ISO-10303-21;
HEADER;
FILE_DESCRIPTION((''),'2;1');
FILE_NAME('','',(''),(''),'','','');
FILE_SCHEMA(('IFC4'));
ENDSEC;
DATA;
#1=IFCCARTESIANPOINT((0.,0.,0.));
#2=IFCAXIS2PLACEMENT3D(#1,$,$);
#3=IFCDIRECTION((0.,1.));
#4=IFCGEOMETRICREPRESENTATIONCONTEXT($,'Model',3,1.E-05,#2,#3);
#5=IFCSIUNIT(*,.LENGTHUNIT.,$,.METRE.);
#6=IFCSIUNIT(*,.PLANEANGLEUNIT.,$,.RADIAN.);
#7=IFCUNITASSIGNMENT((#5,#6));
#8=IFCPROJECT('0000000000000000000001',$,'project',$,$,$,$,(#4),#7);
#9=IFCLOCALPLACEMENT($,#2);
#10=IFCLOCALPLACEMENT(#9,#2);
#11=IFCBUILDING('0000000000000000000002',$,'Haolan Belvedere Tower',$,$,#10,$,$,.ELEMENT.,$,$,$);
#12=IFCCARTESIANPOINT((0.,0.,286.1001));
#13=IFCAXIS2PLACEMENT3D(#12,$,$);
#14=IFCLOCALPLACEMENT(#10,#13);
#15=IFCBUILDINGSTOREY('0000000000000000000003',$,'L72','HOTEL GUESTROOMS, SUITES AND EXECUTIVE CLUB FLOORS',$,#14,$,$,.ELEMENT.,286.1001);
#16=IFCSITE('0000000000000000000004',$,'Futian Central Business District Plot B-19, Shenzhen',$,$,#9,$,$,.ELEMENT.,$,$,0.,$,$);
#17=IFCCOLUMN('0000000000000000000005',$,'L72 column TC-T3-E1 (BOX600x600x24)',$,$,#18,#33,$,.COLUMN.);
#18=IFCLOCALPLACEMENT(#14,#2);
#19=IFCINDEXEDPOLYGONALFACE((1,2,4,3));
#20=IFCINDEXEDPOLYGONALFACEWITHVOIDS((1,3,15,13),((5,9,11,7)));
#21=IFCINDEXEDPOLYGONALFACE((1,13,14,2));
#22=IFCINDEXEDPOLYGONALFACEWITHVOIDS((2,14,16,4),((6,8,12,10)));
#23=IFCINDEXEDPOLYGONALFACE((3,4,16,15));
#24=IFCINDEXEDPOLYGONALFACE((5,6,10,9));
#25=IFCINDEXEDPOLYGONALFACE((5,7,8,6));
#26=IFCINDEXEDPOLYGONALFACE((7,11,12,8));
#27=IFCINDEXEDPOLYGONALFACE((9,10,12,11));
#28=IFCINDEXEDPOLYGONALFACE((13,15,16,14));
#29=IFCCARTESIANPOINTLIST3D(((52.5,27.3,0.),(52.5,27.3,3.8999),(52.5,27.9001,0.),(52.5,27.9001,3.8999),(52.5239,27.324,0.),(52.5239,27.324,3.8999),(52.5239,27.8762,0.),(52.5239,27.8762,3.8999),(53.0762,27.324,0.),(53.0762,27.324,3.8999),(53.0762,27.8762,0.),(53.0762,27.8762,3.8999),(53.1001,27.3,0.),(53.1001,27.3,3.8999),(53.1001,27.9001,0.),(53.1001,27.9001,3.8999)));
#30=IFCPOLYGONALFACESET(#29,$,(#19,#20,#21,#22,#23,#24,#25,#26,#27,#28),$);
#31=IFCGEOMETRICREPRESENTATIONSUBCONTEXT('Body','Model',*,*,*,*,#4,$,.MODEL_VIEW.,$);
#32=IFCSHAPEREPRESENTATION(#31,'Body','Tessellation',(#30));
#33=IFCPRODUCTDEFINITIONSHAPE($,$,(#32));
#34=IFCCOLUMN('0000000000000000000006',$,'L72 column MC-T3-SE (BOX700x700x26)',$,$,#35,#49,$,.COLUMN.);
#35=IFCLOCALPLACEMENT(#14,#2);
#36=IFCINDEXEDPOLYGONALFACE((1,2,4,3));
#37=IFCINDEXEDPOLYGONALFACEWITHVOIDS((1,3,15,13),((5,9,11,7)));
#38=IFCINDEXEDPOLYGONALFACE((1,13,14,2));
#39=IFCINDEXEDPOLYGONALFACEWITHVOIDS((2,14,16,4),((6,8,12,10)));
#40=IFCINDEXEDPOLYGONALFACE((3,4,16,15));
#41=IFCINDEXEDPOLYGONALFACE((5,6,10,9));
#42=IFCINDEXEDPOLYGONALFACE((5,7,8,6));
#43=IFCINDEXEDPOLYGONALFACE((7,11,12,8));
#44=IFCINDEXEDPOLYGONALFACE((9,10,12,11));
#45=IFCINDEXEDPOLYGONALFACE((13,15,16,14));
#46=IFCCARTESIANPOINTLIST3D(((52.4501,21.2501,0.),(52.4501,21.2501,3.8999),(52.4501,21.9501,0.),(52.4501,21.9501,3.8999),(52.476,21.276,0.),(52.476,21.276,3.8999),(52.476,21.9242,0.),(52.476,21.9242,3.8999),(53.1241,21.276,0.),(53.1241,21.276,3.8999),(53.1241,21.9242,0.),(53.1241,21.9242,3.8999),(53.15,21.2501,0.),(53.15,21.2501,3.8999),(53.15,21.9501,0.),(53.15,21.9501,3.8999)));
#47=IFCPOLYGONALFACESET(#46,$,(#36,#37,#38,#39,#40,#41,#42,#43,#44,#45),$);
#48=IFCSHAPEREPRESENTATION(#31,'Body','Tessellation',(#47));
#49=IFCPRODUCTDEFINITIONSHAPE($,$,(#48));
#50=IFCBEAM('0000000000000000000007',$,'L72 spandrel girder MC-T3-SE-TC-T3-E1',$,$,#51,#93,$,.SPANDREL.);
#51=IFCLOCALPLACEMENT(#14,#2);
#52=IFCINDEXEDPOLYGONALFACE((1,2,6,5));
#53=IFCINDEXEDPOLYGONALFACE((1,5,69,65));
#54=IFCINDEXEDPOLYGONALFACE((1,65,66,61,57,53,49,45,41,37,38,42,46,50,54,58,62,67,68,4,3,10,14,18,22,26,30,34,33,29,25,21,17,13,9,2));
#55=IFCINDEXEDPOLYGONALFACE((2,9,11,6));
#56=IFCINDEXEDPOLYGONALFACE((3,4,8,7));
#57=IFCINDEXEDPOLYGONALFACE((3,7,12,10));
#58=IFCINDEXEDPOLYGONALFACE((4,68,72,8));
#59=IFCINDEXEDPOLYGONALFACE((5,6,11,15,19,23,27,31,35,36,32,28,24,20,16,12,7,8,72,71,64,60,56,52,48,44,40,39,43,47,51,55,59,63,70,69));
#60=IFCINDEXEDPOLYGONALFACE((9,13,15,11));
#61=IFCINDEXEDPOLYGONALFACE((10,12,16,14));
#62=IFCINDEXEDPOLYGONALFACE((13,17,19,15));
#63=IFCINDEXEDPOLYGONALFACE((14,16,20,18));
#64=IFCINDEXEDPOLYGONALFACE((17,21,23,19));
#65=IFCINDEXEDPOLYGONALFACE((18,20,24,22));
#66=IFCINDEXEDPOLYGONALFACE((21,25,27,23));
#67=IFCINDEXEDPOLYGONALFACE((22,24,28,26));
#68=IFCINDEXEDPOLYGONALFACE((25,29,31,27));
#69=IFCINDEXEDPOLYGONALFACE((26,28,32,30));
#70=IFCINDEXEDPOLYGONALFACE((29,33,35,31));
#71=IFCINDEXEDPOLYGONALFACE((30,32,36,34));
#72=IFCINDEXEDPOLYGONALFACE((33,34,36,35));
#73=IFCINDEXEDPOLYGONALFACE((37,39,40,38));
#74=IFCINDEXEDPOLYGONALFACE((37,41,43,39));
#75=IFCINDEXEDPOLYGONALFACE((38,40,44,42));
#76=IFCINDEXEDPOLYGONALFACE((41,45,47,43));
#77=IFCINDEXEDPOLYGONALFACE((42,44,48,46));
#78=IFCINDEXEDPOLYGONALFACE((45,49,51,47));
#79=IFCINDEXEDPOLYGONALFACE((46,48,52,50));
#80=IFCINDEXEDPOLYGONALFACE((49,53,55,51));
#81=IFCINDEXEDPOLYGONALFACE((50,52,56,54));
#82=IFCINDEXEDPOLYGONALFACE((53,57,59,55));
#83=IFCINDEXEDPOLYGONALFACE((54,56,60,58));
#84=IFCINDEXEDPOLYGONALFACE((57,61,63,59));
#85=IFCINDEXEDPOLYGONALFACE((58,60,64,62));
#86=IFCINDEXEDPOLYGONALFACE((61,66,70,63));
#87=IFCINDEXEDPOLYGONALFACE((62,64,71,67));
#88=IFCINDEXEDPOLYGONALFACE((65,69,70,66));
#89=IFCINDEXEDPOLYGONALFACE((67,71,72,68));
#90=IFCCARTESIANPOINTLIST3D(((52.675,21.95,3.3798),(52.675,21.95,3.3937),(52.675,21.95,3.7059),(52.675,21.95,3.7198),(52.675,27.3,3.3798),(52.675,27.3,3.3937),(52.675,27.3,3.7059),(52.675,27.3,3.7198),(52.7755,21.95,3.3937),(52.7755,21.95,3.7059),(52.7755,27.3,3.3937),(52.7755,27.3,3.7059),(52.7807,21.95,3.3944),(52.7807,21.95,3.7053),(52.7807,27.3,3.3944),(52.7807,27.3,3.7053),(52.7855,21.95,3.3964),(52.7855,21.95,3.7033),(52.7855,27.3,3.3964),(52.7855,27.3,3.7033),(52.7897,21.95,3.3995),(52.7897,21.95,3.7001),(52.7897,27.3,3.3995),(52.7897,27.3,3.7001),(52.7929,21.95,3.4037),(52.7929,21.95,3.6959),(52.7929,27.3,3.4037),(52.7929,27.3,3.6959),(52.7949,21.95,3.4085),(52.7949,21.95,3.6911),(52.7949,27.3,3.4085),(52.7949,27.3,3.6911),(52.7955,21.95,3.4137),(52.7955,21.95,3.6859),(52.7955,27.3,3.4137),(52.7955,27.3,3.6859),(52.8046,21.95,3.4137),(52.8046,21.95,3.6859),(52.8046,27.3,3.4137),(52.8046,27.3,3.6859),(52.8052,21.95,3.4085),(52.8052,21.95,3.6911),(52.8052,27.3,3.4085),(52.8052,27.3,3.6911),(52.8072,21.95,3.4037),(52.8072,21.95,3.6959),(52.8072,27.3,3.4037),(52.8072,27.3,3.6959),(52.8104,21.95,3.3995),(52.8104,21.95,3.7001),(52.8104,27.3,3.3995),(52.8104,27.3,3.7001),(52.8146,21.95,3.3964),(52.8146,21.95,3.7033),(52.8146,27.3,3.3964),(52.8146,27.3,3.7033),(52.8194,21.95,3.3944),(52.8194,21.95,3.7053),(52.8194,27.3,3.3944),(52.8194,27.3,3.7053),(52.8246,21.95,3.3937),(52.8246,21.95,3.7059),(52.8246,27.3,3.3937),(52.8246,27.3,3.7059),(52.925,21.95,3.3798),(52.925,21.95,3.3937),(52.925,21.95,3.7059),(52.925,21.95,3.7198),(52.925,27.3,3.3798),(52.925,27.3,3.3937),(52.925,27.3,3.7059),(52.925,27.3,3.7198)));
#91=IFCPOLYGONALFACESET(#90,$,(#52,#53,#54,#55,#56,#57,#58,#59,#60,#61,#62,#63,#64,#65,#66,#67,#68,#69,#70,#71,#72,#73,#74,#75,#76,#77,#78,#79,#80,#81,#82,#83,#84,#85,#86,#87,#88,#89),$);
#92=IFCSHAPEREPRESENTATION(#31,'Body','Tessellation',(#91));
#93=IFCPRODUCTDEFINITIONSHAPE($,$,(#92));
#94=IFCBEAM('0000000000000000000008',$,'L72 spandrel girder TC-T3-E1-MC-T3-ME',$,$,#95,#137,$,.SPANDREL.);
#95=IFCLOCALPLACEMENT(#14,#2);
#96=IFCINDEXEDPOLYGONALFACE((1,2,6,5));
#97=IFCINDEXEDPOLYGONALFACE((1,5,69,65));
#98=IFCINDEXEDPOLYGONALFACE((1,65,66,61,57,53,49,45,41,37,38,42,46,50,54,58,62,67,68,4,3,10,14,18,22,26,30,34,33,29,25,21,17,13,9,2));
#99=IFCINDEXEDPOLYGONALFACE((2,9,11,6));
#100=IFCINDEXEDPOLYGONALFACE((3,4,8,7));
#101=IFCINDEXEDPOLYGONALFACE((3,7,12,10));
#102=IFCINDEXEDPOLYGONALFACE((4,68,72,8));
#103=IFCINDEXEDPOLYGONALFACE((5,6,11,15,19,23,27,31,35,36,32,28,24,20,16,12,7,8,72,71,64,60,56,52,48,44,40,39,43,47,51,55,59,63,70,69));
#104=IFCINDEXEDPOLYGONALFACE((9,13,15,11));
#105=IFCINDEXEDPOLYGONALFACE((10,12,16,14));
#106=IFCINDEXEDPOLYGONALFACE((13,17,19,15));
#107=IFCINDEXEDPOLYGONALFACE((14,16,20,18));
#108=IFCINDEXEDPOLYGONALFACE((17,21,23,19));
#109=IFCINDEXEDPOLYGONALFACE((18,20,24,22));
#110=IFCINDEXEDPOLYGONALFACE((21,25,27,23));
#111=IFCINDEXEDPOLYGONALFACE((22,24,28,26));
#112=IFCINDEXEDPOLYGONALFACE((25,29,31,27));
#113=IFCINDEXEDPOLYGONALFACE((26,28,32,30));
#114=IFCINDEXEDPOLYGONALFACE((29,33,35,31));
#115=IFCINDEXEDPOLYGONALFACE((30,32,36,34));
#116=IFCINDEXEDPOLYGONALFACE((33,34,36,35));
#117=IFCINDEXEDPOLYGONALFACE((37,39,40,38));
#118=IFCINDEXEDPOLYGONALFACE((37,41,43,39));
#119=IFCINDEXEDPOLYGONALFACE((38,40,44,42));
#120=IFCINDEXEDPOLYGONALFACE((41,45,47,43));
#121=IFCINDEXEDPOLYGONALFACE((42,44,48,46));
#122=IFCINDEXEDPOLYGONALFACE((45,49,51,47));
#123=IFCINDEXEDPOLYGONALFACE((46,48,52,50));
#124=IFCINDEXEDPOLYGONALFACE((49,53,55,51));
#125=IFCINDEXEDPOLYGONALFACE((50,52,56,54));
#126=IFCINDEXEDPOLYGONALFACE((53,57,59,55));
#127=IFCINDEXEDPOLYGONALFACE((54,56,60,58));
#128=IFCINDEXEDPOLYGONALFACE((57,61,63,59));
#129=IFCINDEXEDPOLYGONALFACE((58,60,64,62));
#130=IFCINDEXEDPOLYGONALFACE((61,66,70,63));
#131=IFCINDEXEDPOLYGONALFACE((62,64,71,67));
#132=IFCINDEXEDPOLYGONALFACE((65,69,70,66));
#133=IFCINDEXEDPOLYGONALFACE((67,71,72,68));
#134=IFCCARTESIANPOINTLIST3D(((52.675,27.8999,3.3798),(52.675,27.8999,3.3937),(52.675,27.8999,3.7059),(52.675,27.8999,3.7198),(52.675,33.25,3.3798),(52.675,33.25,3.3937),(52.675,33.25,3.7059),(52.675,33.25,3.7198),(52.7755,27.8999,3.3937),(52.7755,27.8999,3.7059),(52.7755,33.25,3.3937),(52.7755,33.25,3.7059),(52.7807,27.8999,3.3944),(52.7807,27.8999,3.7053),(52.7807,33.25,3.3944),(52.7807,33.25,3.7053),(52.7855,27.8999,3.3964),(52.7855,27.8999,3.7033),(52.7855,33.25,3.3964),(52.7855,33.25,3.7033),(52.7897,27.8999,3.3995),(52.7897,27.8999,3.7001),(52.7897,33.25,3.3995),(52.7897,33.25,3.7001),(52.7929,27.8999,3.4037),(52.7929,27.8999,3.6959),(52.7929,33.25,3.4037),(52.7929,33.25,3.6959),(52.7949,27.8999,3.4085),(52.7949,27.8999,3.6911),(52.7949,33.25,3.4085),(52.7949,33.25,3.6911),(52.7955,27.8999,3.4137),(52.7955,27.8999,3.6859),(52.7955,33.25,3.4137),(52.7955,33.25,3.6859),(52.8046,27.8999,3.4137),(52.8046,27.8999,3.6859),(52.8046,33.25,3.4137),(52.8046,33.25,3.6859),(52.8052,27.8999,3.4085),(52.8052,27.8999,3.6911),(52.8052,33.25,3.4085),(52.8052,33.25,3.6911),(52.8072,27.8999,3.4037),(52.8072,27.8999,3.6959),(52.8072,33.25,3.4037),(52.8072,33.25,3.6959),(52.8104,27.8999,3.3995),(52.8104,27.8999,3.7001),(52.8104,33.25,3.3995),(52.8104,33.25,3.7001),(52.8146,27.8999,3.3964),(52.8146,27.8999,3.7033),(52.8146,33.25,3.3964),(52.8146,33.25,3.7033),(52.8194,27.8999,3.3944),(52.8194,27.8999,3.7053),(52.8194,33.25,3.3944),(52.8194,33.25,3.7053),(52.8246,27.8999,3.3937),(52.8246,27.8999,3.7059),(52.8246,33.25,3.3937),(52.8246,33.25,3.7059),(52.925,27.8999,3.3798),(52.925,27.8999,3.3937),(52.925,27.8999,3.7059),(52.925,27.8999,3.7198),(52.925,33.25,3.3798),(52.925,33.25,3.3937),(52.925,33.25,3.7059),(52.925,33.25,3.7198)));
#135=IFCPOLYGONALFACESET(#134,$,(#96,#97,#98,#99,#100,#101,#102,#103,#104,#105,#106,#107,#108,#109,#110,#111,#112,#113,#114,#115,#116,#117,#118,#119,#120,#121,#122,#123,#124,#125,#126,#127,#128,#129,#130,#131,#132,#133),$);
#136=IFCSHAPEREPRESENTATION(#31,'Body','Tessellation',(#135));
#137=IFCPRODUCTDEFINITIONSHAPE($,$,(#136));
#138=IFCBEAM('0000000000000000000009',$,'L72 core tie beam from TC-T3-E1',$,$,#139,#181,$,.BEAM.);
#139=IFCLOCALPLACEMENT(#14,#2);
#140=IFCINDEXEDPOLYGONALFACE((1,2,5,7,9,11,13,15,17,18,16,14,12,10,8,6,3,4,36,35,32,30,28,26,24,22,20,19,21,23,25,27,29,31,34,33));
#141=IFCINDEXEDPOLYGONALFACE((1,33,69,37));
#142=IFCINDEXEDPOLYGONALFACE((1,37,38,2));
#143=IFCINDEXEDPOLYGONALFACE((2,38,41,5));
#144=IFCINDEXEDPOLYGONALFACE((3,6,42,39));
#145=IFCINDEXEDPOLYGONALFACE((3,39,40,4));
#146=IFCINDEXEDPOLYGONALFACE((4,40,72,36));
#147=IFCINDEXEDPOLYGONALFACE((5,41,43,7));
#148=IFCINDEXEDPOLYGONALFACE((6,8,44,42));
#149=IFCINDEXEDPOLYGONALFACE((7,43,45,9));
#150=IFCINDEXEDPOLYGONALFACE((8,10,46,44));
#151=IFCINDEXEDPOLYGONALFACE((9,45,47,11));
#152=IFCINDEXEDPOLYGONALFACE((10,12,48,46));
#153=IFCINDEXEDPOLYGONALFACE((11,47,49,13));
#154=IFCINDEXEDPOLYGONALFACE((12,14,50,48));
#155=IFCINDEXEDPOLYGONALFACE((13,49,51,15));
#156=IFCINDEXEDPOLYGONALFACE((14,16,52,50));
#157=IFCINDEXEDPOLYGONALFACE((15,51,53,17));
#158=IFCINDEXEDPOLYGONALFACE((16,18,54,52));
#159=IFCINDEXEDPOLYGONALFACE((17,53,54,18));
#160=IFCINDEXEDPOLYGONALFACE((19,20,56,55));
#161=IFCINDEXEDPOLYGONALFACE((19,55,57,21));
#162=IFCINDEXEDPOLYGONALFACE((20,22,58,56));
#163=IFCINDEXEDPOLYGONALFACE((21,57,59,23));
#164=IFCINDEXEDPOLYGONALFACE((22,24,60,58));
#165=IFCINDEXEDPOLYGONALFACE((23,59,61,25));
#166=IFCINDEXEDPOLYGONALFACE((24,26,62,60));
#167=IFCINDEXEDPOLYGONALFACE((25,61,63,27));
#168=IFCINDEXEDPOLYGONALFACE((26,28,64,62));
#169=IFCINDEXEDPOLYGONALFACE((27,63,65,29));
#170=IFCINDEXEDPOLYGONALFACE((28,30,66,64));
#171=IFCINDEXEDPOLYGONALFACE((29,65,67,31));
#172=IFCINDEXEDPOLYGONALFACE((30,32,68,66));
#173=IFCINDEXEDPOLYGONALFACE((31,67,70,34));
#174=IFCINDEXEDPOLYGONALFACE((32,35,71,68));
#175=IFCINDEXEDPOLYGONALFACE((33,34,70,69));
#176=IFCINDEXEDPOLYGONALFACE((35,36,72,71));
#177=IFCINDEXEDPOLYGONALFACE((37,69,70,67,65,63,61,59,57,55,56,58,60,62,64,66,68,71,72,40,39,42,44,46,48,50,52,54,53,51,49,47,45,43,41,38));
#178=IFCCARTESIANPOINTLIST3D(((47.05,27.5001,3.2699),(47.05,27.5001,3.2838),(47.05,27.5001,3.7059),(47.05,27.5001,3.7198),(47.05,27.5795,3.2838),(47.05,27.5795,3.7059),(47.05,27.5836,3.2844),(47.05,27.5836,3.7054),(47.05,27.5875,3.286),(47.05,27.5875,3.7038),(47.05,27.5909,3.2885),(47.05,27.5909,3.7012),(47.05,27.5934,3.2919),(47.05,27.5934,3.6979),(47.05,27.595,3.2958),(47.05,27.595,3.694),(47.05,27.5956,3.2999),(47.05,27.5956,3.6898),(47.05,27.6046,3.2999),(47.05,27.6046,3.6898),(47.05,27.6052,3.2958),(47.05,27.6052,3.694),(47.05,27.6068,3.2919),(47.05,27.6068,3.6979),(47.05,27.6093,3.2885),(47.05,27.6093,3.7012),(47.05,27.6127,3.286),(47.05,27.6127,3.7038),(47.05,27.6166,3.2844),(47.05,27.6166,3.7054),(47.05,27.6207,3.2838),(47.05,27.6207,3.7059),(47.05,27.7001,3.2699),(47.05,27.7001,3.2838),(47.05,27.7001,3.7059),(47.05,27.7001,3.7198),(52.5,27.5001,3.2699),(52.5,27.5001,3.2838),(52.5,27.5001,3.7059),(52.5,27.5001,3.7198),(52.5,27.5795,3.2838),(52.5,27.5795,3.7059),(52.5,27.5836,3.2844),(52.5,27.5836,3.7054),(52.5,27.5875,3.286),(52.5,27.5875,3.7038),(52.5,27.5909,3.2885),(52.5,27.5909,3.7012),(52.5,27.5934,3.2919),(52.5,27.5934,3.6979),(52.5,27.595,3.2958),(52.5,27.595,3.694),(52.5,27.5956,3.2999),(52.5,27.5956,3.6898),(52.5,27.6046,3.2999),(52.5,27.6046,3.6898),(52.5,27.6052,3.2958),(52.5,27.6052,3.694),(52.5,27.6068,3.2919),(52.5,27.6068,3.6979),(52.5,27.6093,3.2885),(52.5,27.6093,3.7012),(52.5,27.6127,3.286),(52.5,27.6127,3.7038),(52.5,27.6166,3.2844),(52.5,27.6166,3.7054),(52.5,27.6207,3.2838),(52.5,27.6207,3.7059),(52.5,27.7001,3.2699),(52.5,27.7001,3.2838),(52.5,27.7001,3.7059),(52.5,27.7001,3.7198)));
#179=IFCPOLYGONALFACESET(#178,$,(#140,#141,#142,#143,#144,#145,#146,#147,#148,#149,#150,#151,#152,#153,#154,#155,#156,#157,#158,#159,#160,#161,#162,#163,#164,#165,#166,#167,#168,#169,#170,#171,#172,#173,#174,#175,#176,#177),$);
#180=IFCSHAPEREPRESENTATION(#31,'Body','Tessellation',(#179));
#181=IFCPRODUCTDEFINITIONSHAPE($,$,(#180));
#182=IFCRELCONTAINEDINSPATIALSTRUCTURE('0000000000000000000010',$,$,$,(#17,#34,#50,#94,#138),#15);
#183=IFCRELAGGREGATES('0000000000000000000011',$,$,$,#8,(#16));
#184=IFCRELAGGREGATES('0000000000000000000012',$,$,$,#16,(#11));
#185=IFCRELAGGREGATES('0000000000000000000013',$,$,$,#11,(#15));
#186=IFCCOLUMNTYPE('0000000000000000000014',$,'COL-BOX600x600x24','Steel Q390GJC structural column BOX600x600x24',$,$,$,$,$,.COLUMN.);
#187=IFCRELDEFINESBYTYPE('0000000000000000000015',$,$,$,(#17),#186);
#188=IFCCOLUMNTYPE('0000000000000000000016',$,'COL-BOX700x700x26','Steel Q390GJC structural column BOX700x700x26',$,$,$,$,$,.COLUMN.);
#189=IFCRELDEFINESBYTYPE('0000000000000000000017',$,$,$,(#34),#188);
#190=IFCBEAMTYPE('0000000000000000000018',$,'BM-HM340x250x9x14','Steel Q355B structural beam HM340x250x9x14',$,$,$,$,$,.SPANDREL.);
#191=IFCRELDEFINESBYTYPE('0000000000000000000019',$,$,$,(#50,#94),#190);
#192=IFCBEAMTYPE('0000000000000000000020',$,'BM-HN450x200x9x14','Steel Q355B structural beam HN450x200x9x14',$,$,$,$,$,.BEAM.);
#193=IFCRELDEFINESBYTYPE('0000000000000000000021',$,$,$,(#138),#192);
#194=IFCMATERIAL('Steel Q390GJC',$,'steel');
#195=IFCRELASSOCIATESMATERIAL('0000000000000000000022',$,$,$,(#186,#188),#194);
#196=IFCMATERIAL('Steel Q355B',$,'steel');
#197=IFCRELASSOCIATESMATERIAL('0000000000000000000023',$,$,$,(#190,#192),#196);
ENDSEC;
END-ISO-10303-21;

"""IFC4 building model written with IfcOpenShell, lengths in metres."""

from ifc_helpers import new_model, si_unit, direction, frame, origin, origin_2d, place, context, subcontext, project, spatial, hollow_rectangle, i_section, extrude, material, material_profile, profile_set, type_object, element, save


model = new_model("IFC4")

# Units and contexts
model_context = context("Model", 3, precision=1e-05, world=origin(), true_north=direction((0.0, 1.0)))
body_context = subcontext(model_context, "Body", "Model", "MODEL_VIEW")
ifc_project = project(units=[si_unit("LENGTHUNIT", "METRE"), si_unit("PLANEANGLEUNIT", "RADIAN")], contexts=[model_context])

# Site, building, storey
site_placement = place(None, origin())
site = spatial("IfcSite", under=ifc_project, at=site_placement, Name="Futian Central Business District Plot B-19, Shenzhen", CompositionType="ELEMENT", RefElevation=0.0)
building_placement = place(site_placement, origin())
building = spatial("IfcBuilding", under=site, at=building_placement, Name="Haolan Belvedere Tower", CompositionType="ELEMENT")
storey_placement = place(building_placement, frame((0.0, 0.0, 286.1001)))
storey = spatial("IfcBuildingStorey", under=building, at=storey_placement, Name="L72", Description="HOTEL GUESTROOMS, SUITES AND EXECUTIVE CLUB FLOORS", CompositionType="ELEMENT", Elevation=286.1001)

# Columns
ifc_material_1 = material(Name="Steel Q390GJC", Category="steel")
ifc_material_profile_1 = material_profile(ifc_material_1, hollow_rectangle(XDim=0.6001, YDim=0.6001, WallThickness=0.0239, at=origin_2d()), Name="Steel Q390GJC")
ifc_profile_set_1 = profile_set([ifc_material_profile_1], Name="Steel Q390GJC")
column_type_1 = type_object("IfcColumnType", Name="COL-BOX600x600x24", Description="Steel Q390GJC structural column BOX600x600x24", PredefinedType="COLUMN", material=ifc_profile_set_1)
column_1_placement = place(storey_placement, frame((52.8, 27.6001, 0.0), z_axis=(0.0, 0.0, 1.0), x_axis=(1.0, 0.0, 0.0)))
element("IfcColumn", 1, at=column_1_placement, inside=storey, type_object=column_type_1, Name="L72 column TC-T3-E1 (BOX600x600x24)", PredefinedType="COLUMN", context=body_context, shape_type="SweptSolid", body=[
    extrude(hollow_rectangle(XDim=0.6001, YDim=0.6001, WallThickness=0.0239, at=origin_2d()), origin(), (0.0, 0.0, 1.0), 3.8999),
])
ifc_material_profile_2 = material_profile(ifc_material_1, hollow_rectangle(XDim=0.7, YDim=0.7, WallThickness=0.0259, at=origin_2d()), Name="Steel Q390GJC")
ifc_profile_set_2 = profile_set([ifc_material_profile_2], Name="Steel Q390GJC")
column_type_2 = type_object("IfcColumnType", Name="COL-BOX700x700x26", Description="Steel Q390GJC structural column BOX700x700x26", PredefinedType="COLUMN", material=ifc_profile_set_2)
column_2_placement = place(storey_placement, frame((52.8, 21.6001, 0.0), z_axis=(0.0, 0.0, 1.0), x_axis=(1.0, 0.0, 0.0)))
element("IfcColumn", 2, at=column_2_placement, inside=storey, type_object=column_type_2, Name="L72 column MC-T3-SE (BOX700x700x26)", PredefinedType="COLUMN", context=body_context, shape_type="SweptSolid", body=[
    extrude(hollow_rectangle(XDim=0.7, YDim=0.7, WallThickness=0.0259, at=origin_2d()), origin(), (0.0, 0.0, 1.0), 3.8999),
])

# Beams
ifc_material_2 = material(Name="Steel Q355B", Category="steel")
ifc_material_profile_3 = material_profile(ifc_material_2, i_section(OverallWidth=0.25, OverallDepth=0.3401, WebThickness=0.009, FlangeThickness=0.0139, FilletRadius=0.02, at=origin_2d()), Name="Steel Q355B")
ifc_profile_set_3 = profile_set([ifc_material_profile_3], Name="Steel Q355B")
beam_type_1 = type_object("IfcBeamType", Name="BM-HM340x250x9x14", Description="Steel Q355B structural beam HM340x250x9x14", PredefinedType="SPANDREL", material=ifc_profile_set_3)
for number, where, z_axis, x_axis, name in (
    (3, (52.8, 21.95, 3.5498), (0.0, 1.0, 0.0), (-1.0, 0.0, 0.0), "L72 spandrel girder MC-T3-SE-TC-T3-E1"),
    (4, (52.8, 27.8999, 3.5498), (0.0, 1.0, 0.0), (-1.0, 0.0, 0.0), "L72 spandrel girder TC-T3-E1-MC-T3-ME"),
):
    element("IfcBeam", number, at=place(storey_placement, frame(where, z_axis=z_axis, x_axis=x_axis)), inside=storey, type_object=beam_type_1, Name=name, PredefinedType="SPANDREL", context=body_context, shape_type="SweptSolid", body=[
        extrude(i_section(OverallWidth=0.25, OverallDepth=0.3401, WebThickness=0.009, FlangeThickness=0.0139, FilletRadius=0.02, at=origin_2d()), origin(), (0.0, 0.0, 1.0), 5.3501),
    ])
ifc_material_profile_4 = material_profile(ifc_material_2, i_section(OverallWidth=0.2, OverallDepth=0.45, WebThickness=0.009, FlangeThickness=0.0139, FilletRadius=0.0161, at=origin_2d()), Name="Steel Q355B")
ifc_profile_set_4 = profile_set([ifc_material_profile_4], Name="Steel Q355B")
beam_type_2 = type_object("IfcBeamType", Name="BM-HN450x200x9x14", Description="Steel Q355B structural beam HN450x200x9x14", PredefinedType="BEAM", material=ifc_profile_set_4)
beam_1_placement = place(storey_placement, frame((52.5, 27.6001, 3.4949), z_axis=(-1.0, 0.0, 0.0), x_axis=(0.0, -1.0, 0.0)))
element("IfcBeam", 5, at=beam_1_placement, inside=storey, type_object=beam_type_2, Name="L72 core tie beam from TC-T3-E1", PredefinedType="BEAM", context=body_context, shape_type="SweptSolid", body=[
    extrude(i_section(OverallWidth=0.2, OverallDepth=0.45, WebThickness=0.009, FlangeThickness=0.0139, FilletRadius=0.0161, at=origin_2d()), origin(), (0.0, 0.0, 1.0), 5.45),
])

save(model, "model.ifc")
